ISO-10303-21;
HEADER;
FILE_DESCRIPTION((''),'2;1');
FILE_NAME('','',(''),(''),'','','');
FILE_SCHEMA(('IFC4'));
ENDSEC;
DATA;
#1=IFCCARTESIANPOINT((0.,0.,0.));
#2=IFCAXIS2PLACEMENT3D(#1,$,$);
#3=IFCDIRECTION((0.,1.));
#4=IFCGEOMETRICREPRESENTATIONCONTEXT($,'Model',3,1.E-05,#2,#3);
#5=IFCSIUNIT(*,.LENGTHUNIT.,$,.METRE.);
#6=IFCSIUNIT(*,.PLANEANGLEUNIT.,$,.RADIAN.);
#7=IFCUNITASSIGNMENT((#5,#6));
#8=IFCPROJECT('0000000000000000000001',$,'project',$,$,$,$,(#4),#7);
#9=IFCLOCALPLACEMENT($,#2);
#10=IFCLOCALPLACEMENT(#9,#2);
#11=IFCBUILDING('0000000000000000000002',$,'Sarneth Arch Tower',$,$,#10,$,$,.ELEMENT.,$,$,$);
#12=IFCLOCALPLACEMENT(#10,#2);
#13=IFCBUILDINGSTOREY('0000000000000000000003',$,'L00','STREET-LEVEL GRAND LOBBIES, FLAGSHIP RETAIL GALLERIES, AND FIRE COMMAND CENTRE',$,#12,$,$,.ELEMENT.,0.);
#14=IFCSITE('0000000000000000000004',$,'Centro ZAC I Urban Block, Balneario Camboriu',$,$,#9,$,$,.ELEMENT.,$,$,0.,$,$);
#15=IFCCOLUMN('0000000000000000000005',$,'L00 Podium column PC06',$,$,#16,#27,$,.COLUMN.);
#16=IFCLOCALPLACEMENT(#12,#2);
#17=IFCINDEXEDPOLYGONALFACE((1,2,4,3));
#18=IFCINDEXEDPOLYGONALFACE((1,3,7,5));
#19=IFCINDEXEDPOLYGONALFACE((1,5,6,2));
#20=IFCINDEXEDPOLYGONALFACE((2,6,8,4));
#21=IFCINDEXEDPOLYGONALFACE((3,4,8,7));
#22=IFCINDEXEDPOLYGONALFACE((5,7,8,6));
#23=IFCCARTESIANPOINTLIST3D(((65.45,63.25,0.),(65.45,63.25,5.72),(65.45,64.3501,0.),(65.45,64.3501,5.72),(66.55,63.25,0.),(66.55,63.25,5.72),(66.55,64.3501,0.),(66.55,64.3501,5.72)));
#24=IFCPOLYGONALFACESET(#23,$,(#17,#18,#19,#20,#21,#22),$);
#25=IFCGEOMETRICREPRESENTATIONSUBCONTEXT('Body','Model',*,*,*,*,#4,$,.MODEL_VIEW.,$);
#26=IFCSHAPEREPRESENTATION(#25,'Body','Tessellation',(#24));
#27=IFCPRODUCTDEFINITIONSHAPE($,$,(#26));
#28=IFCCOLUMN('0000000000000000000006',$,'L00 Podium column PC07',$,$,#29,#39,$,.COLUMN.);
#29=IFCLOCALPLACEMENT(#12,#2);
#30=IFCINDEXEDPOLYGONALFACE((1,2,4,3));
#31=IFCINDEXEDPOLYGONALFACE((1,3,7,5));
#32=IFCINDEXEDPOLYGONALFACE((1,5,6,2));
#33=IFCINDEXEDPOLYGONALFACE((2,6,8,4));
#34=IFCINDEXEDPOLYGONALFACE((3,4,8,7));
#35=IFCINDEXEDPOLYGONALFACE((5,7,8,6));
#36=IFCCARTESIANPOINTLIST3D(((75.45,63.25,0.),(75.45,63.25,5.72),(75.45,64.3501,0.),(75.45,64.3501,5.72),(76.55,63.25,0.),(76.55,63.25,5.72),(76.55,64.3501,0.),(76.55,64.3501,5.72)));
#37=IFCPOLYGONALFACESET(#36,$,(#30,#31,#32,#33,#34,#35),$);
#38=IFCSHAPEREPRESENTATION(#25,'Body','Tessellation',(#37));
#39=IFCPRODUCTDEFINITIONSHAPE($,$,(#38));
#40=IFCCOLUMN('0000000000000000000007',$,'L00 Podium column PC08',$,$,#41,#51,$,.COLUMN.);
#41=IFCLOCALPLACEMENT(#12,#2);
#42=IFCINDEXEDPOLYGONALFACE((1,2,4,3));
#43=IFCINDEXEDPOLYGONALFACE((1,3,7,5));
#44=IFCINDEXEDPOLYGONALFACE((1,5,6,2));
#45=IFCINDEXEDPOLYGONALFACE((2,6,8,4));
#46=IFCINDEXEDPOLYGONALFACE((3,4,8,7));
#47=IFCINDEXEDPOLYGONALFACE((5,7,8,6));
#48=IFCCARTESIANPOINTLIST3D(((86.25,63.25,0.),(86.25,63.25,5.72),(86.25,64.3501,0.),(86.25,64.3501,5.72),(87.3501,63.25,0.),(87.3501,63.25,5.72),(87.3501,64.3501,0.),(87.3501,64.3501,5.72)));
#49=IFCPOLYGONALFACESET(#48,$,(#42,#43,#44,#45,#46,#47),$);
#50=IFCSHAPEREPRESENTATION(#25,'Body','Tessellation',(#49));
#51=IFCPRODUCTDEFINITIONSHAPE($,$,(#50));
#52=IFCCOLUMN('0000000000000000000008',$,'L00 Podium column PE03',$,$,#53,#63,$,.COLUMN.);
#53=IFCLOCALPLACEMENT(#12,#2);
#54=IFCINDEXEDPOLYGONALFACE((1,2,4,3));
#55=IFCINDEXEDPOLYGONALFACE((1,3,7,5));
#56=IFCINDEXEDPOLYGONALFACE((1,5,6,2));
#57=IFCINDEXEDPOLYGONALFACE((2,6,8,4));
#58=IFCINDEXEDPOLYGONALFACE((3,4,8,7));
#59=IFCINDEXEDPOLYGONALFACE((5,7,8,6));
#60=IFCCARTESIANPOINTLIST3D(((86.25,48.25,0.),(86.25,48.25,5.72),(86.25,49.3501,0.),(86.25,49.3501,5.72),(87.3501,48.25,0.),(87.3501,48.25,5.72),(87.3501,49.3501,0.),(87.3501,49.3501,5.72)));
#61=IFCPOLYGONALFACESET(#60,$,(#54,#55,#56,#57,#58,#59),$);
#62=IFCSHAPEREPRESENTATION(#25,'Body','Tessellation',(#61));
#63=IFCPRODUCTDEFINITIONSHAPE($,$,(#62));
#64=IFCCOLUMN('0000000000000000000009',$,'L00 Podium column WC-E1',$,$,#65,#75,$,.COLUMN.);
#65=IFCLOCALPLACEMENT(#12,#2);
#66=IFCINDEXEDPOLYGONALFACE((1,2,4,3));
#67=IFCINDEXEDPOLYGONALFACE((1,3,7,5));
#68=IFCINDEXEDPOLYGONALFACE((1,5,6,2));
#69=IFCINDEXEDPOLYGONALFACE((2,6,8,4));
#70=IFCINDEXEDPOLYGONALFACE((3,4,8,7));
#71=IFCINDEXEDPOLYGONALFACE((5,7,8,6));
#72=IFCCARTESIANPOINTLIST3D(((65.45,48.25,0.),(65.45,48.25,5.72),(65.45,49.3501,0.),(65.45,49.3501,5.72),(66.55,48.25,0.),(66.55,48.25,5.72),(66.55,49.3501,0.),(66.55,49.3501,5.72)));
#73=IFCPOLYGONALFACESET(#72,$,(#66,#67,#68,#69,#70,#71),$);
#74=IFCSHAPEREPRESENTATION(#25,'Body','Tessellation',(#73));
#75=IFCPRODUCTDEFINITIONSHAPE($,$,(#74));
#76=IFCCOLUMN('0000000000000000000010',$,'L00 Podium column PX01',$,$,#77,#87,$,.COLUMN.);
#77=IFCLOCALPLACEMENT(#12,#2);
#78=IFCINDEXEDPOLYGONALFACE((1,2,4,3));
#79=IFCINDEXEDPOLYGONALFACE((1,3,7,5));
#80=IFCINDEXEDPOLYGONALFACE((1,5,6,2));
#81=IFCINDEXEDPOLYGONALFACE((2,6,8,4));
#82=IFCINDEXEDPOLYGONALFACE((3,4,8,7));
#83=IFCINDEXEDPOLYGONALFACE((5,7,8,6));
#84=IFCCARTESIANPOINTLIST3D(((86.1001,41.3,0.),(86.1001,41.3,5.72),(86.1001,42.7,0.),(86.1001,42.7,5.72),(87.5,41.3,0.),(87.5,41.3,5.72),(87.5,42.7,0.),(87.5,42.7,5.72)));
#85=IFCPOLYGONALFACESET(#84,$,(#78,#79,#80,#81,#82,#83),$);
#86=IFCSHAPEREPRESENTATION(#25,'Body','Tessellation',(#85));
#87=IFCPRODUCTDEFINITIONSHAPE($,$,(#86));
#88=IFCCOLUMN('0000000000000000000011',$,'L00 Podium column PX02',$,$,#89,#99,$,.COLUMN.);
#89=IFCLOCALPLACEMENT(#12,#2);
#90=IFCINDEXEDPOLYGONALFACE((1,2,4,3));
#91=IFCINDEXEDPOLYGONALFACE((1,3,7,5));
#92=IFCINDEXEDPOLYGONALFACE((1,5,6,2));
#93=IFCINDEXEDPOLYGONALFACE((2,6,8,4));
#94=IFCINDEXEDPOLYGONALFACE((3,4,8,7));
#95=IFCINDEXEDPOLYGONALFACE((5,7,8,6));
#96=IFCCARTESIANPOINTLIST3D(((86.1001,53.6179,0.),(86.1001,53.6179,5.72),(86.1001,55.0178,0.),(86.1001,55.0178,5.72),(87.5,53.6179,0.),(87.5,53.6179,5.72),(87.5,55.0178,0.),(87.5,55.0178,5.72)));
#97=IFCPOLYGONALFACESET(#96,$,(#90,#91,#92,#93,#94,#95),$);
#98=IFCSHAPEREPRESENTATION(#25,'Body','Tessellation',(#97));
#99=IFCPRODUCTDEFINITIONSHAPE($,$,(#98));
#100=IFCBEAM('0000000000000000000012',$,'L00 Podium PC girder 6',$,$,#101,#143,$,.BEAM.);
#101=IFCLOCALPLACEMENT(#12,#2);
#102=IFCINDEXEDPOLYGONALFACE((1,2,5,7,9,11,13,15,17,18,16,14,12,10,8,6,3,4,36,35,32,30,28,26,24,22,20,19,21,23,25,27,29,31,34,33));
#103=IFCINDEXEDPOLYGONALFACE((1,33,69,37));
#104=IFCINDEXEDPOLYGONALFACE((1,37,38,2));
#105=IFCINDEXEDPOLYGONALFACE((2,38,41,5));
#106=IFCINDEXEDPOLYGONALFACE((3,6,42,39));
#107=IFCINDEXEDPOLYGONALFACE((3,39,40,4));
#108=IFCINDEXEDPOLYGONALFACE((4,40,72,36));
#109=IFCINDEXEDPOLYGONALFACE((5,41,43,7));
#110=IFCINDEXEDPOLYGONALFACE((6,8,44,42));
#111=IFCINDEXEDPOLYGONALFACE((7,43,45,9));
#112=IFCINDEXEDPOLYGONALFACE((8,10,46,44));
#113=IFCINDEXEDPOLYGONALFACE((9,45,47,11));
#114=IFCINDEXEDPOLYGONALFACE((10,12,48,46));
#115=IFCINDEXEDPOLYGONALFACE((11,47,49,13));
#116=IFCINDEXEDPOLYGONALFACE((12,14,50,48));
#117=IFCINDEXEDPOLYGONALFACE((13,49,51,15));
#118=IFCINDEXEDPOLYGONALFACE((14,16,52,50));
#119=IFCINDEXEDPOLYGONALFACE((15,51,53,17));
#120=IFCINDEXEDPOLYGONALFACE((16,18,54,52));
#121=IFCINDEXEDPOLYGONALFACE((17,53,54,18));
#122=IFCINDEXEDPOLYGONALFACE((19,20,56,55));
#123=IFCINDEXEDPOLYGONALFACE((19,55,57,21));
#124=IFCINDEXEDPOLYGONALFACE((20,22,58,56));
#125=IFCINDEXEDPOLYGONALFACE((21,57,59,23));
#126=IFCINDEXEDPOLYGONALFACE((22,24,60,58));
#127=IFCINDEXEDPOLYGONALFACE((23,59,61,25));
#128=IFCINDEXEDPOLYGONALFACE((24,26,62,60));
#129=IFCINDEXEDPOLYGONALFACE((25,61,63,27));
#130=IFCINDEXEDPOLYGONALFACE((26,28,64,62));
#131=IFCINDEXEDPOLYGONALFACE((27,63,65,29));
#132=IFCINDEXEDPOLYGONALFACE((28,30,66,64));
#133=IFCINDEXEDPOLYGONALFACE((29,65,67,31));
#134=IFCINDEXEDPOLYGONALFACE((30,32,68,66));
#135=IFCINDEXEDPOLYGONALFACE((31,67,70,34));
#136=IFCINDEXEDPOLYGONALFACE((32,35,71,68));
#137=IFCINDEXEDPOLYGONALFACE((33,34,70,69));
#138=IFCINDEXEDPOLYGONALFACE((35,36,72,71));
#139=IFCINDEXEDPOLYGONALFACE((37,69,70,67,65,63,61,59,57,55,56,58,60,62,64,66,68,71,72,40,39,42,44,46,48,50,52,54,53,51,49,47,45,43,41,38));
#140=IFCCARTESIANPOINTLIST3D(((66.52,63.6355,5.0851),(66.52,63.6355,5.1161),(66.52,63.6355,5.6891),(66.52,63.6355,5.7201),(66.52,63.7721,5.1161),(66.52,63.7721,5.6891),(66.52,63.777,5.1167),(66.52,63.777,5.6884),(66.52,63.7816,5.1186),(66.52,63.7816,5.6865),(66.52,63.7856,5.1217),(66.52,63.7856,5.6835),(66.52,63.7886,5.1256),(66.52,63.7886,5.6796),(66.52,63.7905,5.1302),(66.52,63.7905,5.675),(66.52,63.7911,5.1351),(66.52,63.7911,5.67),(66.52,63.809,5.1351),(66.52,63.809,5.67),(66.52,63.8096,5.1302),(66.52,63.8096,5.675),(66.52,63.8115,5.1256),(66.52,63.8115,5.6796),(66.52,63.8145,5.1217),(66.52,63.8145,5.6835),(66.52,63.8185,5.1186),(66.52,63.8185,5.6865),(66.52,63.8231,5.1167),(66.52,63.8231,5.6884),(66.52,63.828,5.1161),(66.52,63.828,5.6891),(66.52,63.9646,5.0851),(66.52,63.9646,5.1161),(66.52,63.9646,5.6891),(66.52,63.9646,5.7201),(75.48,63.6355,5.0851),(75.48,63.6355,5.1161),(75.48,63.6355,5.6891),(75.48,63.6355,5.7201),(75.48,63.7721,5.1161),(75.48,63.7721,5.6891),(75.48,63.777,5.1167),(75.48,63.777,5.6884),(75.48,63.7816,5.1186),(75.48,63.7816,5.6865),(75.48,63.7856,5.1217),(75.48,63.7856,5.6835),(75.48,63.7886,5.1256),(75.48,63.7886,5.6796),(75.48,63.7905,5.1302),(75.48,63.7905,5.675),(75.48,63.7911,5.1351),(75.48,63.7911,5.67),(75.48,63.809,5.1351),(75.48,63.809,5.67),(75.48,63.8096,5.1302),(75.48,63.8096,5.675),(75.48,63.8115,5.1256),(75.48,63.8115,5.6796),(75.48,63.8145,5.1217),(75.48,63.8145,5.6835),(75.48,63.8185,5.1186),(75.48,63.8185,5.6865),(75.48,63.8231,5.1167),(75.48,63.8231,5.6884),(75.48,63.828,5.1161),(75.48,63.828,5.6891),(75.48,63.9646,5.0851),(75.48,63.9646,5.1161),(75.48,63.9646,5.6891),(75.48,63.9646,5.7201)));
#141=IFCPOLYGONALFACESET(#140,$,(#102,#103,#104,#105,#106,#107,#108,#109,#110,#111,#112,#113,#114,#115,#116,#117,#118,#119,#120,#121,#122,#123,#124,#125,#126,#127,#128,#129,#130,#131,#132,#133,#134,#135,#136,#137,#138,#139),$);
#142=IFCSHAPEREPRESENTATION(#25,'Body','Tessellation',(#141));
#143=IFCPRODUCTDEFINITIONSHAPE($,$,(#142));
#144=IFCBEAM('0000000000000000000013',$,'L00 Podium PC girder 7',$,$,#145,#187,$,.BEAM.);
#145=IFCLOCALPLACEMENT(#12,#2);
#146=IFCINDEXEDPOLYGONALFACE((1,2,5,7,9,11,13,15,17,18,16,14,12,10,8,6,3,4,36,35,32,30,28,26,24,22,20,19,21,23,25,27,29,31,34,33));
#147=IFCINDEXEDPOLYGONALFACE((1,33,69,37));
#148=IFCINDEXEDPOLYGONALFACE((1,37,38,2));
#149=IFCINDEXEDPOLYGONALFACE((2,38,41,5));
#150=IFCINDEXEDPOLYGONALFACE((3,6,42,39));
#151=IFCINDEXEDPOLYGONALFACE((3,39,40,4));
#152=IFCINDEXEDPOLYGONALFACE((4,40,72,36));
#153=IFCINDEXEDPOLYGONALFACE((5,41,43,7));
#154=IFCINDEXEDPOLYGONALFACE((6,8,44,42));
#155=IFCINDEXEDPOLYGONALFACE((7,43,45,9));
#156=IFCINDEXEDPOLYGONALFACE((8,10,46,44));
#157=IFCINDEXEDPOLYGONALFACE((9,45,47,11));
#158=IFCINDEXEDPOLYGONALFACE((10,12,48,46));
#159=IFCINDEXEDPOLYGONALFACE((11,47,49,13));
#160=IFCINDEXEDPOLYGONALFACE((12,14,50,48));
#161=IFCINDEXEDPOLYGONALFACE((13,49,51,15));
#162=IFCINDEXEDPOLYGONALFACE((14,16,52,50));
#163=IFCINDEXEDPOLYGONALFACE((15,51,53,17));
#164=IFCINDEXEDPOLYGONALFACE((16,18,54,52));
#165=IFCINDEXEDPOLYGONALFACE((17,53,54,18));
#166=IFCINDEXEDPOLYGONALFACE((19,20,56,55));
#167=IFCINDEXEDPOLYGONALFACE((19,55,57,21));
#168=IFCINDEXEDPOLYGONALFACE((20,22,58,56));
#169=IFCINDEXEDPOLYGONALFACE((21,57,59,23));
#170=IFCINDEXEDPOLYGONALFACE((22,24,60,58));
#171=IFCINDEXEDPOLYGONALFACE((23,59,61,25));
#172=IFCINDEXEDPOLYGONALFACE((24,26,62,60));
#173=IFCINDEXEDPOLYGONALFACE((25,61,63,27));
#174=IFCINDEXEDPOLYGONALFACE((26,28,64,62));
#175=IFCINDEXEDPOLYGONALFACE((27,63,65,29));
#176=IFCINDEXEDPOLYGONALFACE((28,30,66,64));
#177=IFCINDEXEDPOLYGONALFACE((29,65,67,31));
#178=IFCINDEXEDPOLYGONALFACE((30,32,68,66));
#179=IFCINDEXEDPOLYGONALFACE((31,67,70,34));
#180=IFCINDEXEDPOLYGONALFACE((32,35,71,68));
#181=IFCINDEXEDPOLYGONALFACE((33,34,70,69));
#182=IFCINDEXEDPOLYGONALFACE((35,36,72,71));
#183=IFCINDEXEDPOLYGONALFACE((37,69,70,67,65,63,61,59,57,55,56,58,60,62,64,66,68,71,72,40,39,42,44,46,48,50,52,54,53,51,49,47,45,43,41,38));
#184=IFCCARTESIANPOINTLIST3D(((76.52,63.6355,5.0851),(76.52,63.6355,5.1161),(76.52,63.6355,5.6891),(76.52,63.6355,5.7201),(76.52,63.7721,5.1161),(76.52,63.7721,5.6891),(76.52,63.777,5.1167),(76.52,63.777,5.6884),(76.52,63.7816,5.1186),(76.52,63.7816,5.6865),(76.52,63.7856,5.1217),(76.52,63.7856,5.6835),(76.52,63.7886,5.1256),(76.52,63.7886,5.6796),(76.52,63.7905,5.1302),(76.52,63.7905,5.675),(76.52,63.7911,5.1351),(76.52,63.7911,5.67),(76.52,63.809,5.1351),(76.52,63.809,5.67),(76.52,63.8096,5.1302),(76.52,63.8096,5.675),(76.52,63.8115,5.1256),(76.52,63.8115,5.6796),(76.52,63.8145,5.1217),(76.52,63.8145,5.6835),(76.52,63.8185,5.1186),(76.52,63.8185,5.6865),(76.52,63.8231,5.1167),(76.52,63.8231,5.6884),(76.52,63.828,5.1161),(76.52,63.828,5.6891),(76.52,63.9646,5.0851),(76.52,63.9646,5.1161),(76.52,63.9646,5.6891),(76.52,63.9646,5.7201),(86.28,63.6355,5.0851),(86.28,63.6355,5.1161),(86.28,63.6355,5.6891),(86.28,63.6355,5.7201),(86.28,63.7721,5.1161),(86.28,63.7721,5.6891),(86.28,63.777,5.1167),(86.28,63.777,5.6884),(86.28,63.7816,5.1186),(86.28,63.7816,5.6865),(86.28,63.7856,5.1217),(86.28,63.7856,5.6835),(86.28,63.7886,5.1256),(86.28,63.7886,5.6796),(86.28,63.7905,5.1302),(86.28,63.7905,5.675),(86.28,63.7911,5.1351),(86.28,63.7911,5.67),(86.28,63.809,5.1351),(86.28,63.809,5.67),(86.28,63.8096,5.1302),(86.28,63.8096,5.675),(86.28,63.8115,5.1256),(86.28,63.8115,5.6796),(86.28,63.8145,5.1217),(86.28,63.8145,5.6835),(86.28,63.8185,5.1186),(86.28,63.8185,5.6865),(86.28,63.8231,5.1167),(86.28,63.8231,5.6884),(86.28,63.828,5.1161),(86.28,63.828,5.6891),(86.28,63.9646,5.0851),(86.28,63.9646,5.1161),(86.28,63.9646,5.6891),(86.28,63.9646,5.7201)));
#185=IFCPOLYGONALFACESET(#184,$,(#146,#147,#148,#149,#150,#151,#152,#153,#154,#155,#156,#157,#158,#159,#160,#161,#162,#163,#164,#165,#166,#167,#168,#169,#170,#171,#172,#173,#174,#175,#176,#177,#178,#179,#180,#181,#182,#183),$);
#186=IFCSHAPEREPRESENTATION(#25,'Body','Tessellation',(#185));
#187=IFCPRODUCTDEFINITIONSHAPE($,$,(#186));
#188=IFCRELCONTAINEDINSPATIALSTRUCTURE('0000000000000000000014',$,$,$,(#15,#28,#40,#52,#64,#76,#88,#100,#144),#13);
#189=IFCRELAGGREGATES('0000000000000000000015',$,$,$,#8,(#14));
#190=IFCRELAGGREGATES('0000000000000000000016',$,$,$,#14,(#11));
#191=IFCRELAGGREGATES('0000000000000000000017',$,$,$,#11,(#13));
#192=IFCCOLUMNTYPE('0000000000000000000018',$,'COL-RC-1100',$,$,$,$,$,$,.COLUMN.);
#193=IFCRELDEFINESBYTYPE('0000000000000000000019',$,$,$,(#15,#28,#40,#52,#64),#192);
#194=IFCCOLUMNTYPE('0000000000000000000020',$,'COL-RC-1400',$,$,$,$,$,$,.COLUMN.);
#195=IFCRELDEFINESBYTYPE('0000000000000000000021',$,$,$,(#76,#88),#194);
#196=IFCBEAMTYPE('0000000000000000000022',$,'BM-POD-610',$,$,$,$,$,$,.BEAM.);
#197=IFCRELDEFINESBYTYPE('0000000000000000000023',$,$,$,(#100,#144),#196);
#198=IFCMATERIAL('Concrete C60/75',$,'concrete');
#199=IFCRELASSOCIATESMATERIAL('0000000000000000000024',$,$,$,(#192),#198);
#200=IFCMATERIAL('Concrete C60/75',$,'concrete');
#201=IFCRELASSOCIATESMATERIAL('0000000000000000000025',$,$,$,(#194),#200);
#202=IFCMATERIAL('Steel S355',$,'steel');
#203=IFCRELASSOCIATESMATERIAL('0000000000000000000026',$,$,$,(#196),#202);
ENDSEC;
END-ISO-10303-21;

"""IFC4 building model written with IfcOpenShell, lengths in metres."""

from ifc_helpers import new_model, si_unit, direction, frame, origin, origin_2d, place, context, subcontext, project, spatial, rectangle, i_section, extrude, material, material_profile, profile_set, type_object, element, save


model = new_model("IFC4")

# Units and contexts
model_context = context("Model", 3, precision=1e-05, world=origin(), true_north=direction((0.0, 1.0)))
body_context = subcontext(model_context, "Body", "Model", "MODEL_VIEW")
ifc_project = project(units=[si_unit("LENGTHUNIT", "METRE"), si_unit("PLANEANGLEUNIT", "RADIAN")], contexts=[model_context])

# Site, building, storey
site_placement = place(None, origin())
site = spatial("IfcSite", under=ifc_project, at=site_placement, Name="Centro ZAC I Urban Block, Balneario Camboriu", CompositionType="ELEMENT", RefElevation=0.0)
building_placement = place(site_placement, origin())
building = spatial("IfcBuilding", under=site, at=building_placement, Name="Sarneth Arch Tower", CompositionType="ELEMENT")
storey_placement = place(building_placement, origin())
storey = spatial("IfcBuildingStorey", under=building, at=storey_placement, Name="L00", Description="STREET-LEVEL GRAND LOBBIES, FLAGSHIP RETAIL GALLERIES, AND FIRE COMMAND CENTRE", CompositionType="ELEMENT", Elevation=0.0)

# Columns
ifc_material_1 = material(Name="Concrete C60/75", Category="concrete")
ifc_material_profile_1 = material_profile(ifc_material_1, rectangle(XDim=1.1001, YDim=1.1001, at=origin_2d()), Name="RC-1100x1100")
ifc_profile_set_1 = profile_set([ifc_material_profile_1], Name="Concrete C60/75")
column_type_1 = type_object("IfcColumnType", Name="COL-RC-1100", PredefinedType="COLUMN", material=ifc_profile_set_1)
for number, where, z_axis, x_axis, name in (
    (1, (66.0, 63.8, 0.0), (0.0, 0.0, 1.0), (1.0, 0.0, 0.0), "L00 Podium column PC06"),
    (2, (76.0, 63.8, 0.0), (0.0, 0.0, 1.0), (1.0, 0.0, 0.0), "L00 Podium column PC07"),
    (3, (86.8, 63.8, 0.0), (0.0, 0.0, 1.0), (1.0, 0.0, 0.0), "L00 Podium column PC08"),
    (4, (86.8, 48.8, 0.0), (0.0, 0.0, 1.0), (1.0, 0.0, 0.0), "L00 Podium column PE03"),
    (5, (66.0, 48.8, 0.0), (0.0, 0.0, 1.0), (1.0, 0.0, 0.0), "L00 Podium column WC-E1"),
):
    element("IfcColumn", number, at=place(storey_placement, frame(where, z_axis=z_axis, x_axis=x_axis)), inside=storey, type_object=column_type_1, Name=name, PredefinedType="COLUMN", context=body_context, shape_type="SweptSolid", body=[
        extrude(rectangle(XDim=1.1001, YDim=1.1001, at=origin_2d()), origin(), (0.0, 0.0, 1.0), 5.72),
    ])
ifc_material_2 = material(Name="Concrete C60/75", Category="concrete")
ifc_material_profile_2 = material_profile(ifc_material_2, rectangle(XDim=1.3999, YDim=1.3999, at=origin_2d()), Name="RC-1400x1400")
ifc_profile_set_2 = profile_set([ifc_material_profile_2], Name="Concrete C60/75")
column_type_2 = type_object("IfcColumnType", Name="COL-RC-1400", PredefinedType="COLUMN", material=ifc_profile_set_2)
for number, where, z_axis, x_axis, name in (
    (6, (86.8, 42.0, 0.0), (0.0, 0.0, 1.0), (1.0, 0.0, 0.0), "L00 Podium column PX01"),
    (7, (86.8, 54.3179, 0.0), (0.0, 0.0, 1.0), (1.0, 0.0, 0.0), "L00 Podium column PX02"),
):
    element("IfcColumn", number, at=place(storey_placement, frame(where, z_axis=z_axis, x_axis=x_axis)), inside=storey, type_object=column_type_2, Name=name, PredefinedType="COLUMN", context=body_context, shape_type="SweptSolid", body=[
        extrude(rectangle(XDim=1.3999, YDim=1.3999, at=origin_2d()), origin(), (0.0, 0.0, 1.0), 5.72),
    ])

# Beams
ifc_material_3 = material(Name="Steel S355", Category="steel")
ifc_material_profile_3 = material_profile(ifc_material_3, i_section(OverallWidth=0.3291, OverallDepth=0.635, WebThickness=0.0178, FlangeThickness=0.031, FilletRadius=0.019, at=origin_2d()), Name="W610x241")
ifc_profile_set_3 = profile_set([ifc_material_profile_3], Name="Steel S355")
beam_type = type_object("IfcBeamType", Name="BM-POD-610", PredefinedType="BEAM", material=ifc_profile_set_3)
beam_1_placement = place(storey_placement, frame((66.52, 63.8, 5.4026), z_axis=(1.0, 0.0, 0.0), x_axis=(0.0, 1.0, 0.0)))
element("IfcBeam", 8, at=beam_1_placement, inside=storey, type_object=beam_type, Name="L00 Podium PC girder 6", PredefinedType="BEAM", context=body_context, shape_type="SweptSolid", body=[
    extrude(i_section(OverallWidth=0.3291, OverallDepth=0.635, WebThickness=0.0178, FlangeThickness=0.031, FilletRadius=0.019, at=origin_2d()), origin(), (0.0, 0.0, 1.0), 8.96),
])
beam_2_placement = place(storey_placement, frame((76.52, 63.8, 5.4026), z_axis=(1.0, 0.0, 0.0), x_axis=(0.0, 1.0, 0.0)))
element("IfcBeam", 9, at=beam_2_placement, inside=storey, type_object=beam_type, Name="L00 Podium PC girder 7", PredefinedType="BEAM", context=body_context, shape_type="SweptSolid", body=[
    extrude(i_section(OverallWidth=0.3291, OverallDepth=0.635, WebThickness=0.0178, FlangeThickness=0.031, FilletRadius=0.019, at=origin_2d()), origin(), (0.0, 0.0, 1.0), 9.76),
])

save(model, "model.ifc")
